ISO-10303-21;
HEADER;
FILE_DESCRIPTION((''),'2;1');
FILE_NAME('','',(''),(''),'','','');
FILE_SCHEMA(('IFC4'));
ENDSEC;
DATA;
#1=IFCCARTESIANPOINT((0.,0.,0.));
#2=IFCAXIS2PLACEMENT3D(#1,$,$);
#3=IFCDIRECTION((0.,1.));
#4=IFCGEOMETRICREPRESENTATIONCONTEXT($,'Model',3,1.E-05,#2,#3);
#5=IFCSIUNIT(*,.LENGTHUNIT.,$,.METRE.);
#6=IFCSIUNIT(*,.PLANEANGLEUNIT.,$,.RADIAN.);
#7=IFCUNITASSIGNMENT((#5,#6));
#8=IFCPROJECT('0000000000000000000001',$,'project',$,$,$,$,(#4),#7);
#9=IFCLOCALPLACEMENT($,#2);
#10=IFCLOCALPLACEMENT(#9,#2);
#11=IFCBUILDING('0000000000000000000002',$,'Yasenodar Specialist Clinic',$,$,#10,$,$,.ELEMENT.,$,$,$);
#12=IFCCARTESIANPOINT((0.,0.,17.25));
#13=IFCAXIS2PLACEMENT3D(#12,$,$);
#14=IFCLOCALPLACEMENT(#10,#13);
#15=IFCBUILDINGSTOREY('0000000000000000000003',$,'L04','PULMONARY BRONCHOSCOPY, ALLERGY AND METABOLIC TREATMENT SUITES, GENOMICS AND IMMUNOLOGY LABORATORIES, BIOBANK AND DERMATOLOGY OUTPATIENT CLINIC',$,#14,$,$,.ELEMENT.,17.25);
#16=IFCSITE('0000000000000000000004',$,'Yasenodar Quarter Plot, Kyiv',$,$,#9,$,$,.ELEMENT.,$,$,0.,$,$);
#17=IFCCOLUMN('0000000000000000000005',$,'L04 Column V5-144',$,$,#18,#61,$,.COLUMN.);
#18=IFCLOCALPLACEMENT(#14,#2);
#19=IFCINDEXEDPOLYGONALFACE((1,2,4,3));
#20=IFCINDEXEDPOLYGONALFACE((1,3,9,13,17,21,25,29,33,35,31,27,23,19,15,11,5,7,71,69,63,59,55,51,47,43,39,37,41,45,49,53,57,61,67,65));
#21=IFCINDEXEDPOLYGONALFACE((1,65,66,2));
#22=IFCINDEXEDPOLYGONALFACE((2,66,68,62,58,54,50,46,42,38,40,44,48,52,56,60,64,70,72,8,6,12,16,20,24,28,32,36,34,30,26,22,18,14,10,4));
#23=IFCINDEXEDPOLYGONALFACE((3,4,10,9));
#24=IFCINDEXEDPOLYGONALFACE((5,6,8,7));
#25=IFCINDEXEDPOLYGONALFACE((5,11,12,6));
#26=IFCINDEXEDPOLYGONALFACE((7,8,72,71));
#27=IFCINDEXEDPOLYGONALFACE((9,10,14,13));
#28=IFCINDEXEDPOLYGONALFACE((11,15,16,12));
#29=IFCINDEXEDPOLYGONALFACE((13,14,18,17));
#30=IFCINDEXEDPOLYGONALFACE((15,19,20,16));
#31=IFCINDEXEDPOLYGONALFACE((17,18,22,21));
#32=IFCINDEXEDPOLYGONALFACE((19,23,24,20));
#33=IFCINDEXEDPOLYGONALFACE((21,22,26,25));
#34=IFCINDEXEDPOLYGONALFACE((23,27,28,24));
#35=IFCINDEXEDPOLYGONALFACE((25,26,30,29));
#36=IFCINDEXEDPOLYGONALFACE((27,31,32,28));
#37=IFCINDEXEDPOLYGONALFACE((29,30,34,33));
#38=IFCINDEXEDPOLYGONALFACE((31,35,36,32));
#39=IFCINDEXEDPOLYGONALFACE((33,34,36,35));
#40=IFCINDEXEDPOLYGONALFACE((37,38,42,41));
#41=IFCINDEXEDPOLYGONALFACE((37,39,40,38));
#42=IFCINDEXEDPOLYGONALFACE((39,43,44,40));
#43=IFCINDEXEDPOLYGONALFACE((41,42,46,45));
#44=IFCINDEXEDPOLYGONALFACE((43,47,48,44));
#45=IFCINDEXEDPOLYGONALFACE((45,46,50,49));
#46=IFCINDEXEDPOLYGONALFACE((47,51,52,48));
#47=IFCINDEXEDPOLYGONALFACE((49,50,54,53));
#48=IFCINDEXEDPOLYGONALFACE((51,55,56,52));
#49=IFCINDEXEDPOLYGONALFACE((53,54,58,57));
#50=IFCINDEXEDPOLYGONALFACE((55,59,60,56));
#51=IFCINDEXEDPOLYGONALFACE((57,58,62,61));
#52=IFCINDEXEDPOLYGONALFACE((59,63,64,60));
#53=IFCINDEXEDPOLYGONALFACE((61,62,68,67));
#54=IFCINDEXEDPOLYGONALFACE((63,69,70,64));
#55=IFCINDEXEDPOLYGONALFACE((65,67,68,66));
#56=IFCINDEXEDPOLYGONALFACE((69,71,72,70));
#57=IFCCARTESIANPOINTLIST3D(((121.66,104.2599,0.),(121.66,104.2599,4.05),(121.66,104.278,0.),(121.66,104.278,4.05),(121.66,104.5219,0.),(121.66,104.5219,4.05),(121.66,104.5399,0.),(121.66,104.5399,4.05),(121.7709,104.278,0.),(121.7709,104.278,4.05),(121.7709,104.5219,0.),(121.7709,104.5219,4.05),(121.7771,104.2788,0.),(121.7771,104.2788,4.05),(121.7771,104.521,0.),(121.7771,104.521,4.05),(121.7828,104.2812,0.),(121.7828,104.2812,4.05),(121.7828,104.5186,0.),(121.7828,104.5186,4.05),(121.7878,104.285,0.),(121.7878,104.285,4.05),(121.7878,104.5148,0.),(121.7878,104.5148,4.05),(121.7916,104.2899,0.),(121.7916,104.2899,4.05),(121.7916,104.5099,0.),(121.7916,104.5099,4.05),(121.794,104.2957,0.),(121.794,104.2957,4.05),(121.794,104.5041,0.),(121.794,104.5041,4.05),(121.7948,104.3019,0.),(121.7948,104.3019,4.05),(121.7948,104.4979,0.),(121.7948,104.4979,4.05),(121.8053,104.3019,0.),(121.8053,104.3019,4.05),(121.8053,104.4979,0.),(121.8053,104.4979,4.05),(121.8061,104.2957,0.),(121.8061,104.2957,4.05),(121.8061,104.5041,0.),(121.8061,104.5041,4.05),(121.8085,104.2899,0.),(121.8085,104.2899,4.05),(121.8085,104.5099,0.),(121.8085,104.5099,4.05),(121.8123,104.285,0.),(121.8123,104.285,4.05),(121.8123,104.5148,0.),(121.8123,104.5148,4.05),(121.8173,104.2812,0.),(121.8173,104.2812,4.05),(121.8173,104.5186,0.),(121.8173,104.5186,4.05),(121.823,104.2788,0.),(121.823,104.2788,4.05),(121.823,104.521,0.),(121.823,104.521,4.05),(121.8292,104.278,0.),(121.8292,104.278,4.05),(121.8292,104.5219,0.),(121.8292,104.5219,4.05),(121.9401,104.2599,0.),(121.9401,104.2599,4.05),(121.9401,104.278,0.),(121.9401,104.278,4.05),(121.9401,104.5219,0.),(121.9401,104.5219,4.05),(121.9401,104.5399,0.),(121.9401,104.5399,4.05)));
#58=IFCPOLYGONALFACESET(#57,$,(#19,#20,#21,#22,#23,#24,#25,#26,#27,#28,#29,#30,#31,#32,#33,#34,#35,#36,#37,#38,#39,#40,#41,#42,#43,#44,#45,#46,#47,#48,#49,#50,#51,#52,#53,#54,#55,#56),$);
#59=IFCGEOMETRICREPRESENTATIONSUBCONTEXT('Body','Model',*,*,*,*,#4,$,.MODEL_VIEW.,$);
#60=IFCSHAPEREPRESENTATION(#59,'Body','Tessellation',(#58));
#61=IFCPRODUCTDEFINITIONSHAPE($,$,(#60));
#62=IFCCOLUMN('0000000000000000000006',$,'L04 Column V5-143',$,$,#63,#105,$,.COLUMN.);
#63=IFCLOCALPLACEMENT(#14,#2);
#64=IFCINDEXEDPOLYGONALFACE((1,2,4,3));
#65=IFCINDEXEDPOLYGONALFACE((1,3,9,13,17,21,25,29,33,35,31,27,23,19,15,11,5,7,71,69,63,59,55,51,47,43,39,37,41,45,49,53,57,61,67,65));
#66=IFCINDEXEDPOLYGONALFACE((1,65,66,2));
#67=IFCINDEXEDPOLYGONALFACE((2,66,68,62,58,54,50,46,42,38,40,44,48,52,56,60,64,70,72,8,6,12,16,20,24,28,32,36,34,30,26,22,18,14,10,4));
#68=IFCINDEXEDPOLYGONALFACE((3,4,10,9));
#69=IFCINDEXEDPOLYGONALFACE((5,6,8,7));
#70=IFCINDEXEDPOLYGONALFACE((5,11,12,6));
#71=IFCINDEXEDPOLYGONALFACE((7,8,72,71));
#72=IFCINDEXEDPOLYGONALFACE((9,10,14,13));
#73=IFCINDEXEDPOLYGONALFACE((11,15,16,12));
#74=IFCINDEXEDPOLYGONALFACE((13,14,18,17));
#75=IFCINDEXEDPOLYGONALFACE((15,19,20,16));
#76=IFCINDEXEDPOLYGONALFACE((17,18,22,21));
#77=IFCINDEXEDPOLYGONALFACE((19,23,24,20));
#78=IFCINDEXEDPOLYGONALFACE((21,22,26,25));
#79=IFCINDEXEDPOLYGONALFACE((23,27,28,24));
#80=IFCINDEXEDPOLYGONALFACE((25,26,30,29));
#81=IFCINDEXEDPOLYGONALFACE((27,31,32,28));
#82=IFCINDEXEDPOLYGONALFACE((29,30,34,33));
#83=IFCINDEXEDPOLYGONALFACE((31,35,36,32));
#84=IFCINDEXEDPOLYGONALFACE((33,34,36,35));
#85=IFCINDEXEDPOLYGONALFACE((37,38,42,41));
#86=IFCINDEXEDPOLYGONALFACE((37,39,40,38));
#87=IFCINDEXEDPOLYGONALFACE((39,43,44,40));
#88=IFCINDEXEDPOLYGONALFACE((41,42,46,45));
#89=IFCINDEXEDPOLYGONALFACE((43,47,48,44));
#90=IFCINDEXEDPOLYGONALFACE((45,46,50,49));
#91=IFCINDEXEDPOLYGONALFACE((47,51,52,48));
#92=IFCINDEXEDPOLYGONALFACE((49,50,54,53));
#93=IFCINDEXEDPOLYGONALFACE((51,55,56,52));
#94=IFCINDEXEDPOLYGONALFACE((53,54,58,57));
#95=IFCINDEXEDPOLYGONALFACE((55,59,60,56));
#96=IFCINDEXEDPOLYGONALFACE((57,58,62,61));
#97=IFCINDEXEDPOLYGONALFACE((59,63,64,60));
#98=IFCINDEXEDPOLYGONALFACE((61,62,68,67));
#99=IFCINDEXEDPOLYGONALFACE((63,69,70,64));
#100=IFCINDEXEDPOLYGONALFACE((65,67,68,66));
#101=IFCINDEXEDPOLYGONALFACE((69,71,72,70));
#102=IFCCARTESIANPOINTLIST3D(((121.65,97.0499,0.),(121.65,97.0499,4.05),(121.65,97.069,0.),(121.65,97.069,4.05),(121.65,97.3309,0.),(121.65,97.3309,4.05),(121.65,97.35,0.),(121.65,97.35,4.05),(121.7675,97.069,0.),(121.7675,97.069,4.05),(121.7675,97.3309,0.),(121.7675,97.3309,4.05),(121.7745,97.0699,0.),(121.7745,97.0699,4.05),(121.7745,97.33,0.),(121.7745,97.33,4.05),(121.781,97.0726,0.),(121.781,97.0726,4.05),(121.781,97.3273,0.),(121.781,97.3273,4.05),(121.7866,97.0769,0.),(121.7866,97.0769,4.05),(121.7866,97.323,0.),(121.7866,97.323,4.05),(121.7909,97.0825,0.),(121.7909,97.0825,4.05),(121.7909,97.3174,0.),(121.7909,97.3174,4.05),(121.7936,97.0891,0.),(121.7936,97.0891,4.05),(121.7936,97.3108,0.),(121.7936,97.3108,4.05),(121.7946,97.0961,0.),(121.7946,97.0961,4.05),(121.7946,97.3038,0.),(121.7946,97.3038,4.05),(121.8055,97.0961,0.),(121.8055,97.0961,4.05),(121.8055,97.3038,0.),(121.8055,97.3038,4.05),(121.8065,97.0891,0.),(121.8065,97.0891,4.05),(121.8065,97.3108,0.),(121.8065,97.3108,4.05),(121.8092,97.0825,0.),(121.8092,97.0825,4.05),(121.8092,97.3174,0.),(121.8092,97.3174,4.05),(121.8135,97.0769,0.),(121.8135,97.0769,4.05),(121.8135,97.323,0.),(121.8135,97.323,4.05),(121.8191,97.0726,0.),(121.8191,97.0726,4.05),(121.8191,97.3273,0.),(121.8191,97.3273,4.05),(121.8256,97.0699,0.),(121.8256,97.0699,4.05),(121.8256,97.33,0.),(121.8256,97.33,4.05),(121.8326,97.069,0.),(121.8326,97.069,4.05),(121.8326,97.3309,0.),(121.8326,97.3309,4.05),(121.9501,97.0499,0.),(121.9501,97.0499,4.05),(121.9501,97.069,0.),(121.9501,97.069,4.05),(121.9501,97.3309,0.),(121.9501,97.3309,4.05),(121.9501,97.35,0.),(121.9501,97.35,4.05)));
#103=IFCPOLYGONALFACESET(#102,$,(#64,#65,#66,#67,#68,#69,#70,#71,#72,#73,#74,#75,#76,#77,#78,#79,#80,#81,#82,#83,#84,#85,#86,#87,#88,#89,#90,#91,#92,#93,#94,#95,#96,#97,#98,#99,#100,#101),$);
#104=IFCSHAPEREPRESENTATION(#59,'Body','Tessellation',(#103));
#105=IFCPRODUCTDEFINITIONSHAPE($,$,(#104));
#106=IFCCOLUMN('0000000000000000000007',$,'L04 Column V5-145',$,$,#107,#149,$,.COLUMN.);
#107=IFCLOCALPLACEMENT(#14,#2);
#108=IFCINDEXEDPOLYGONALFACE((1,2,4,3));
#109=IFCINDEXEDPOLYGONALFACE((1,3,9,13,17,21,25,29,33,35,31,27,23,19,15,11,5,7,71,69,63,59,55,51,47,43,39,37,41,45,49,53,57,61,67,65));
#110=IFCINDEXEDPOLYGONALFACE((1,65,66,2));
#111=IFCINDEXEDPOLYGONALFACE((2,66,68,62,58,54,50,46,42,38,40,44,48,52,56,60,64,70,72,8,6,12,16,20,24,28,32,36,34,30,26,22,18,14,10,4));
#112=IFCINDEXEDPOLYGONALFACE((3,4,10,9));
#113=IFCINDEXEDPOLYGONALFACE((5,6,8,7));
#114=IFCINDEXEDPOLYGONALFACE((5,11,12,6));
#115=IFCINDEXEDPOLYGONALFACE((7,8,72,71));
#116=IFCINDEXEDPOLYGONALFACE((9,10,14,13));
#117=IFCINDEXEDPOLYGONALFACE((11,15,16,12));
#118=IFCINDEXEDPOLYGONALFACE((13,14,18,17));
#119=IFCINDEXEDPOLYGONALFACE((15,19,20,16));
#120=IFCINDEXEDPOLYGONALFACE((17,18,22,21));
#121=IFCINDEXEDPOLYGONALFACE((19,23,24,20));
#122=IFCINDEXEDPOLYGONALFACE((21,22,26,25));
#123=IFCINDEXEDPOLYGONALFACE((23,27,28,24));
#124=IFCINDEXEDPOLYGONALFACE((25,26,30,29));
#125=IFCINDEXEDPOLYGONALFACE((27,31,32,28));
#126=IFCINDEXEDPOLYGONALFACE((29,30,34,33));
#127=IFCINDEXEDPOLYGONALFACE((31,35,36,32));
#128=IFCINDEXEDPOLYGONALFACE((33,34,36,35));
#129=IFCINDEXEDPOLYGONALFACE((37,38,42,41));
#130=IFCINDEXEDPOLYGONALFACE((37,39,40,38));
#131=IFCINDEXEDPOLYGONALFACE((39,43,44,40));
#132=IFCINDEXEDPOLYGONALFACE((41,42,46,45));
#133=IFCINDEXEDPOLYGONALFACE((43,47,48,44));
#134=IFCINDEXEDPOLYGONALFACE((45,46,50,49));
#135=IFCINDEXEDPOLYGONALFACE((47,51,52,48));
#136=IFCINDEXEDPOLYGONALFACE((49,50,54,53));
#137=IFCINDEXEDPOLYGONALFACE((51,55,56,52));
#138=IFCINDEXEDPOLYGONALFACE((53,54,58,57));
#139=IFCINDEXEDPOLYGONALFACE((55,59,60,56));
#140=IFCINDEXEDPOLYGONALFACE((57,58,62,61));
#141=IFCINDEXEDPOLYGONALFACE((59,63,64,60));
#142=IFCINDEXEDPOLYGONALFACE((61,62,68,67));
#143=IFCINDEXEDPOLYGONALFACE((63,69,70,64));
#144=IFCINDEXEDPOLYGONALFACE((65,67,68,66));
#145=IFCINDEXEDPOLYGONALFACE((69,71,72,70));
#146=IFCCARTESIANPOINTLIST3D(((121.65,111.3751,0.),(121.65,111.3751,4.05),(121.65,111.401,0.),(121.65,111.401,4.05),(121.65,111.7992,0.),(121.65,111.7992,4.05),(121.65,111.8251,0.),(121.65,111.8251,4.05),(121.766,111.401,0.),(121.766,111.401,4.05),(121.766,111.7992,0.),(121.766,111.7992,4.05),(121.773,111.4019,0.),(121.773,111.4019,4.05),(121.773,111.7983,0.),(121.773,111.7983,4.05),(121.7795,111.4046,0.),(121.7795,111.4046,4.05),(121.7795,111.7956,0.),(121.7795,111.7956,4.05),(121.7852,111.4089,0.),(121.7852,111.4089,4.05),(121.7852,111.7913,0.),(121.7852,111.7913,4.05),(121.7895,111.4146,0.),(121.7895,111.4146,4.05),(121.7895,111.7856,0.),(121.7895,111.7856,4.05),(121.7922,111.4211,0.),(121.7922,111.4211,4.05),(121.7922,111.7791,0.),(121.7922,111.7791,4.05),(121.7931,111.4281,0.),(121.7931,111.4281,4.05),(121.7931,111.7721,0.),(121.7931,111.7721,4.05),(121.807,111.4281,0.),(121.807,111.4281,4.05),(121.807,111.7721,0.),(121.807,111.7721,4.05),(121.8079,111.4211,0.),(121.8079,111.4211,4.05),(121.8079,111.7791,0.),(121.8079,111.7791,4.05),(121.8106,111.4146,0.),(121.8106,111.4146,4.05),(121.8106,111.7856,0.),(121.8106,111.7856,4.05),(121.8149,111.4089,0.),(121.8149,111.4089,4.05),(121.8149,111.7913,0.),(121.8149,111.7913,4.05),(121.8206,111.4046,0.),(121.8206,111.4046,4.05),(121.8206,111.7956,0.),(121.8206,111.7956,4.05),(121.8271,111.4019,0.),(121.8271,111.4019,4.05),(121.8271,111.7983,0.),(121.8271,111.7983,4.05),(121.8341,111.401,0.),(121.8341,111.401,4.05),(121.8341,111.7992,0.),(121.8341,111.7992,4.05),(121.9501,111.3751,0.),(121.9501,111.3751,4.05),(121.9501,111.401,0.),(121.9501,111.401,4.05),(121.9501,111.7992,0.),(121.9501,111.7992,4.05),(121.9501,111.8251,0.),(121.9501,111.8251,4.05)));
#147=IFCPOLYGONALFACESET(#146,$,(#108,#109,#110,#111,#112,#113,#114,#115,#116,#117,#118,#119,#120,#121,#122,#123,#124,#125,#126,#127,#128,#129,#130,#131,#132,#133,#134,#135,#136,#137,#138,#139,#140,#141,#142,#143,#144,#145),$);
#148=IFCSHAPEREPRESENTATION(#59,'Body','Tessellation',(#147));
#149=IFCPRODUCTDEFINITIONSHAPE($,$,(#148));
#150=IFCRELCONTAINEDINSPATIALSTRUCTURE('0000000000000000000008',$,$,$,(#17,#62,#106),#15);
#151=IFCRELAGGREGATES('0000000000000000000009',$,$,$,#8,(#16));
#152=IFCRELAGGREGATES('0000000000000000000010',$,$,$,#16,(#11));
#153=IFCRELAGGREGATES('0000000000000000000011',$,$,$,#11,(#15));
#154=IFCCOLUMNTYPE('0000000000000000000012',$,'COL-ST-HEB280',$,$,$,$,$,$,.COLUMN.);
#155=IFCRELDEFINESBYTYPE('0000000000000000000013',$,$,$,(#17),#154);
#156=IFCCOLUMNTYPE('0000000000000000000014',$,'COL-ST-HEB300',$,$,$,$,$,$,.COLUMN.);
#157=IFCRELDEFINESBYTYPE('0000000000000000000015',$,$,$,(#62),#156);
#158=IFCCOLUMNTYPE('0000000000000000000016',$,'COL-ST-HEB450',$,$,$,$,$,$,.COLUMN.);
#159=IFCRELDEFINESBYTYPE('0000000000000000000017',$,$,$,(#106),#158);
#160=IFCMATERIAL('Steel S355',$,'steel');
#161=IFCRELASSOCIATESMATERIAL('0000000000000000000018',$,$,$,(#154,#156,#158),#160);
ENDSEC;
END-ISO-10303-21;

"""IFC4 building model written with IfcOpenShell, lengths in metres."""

from ifc_helpers import new_model, si_unit, direction, frame, origin, origin_2d, place, context, subcontext, project, spatial, i_section, extrude, material, material_profile, profile_set, type_object, element, save


model = new_model("IFC4")

# Units and contexts
model_context = context("Model", 3, precision=1e-05, world=origin(), true_north=direction((0.0, 1.0)))
body_context = subcontext(model_context, "Body", "Model", "MODEL_VIEW")
ifc_project = project(units=[si_unit("LENGTHUNIT", "METRE"), si_unit("PLANEANGLEUNIT", "RADIAN")], contexts=[model_context])

# Site, building, storey
site_placement = place(None, origin())
site = spatial("IfcSite", under=ifc_project, at=site_placement, Name="Yasenodar Quarter Plot, Kyiv", CompositionType="ELEMENT", RefElevation=0.0)
building_placement = place(site_placement, origin())
building = spatial("IfcBuilding", under=site, at=building_placement, Name="Yasenodar Specialist Clinic", CompositionType="ELEMENT")
storey_placement = place(building_placement, frame((0.0, 0.0, 17.25)))
storey = spatial("IfcBuildingStorey", under=building, at=storey_placement, Name="L04", Description="PULMONARY BRONCHOSCOPY, ALLERGY AND METABOLIC TREATMENT SUITES, GENOMICS AND IMMUNOLOGY LABORATORIES, BIOBANK AND DERMATOLOGY OUTPATIENT CLINIC", CompositionType="ELEMENT", Elevation=17.25)

# Columns
ifc_material_1 = material(Name="Steel S355", Category="steel")
ifc_material_profile_1 = material_profile(ifc_material_1, i_section(OverallWidth=0.28, OverallDepth=0.28, WebThickness=0.0105, FlangeThickness=0.0181, FilletRadius=0.0239, at=origin_2d()), Name="HEB 280")
ifc_profile_set_1 = profile_set([ifc_material_profile_1], Name="Steel S355")
column_type_1 = type_object("IfcColumnType", Name="COL-ST-HEB280", PredefinedType="COLUMN", material=ifc_profile_set_1)
column_1_placement = place(storey_placement, frame((121.8, 104.3999, 0.0), z_axis=(0.0, 0.0, 1.0), x_axis=(1.0, 0.0, 0.0)))
element("IfcColumn", 1, at=column_1_placement, inside=storey, type_object=column_type_1, Name="L04 Column V5-144", PredefinedType="COLUMN", context=body_context, shape_type="SweptSolid", body=[
    extrude(i_section(OverallWidth=0.28, OverallDepth=0.28, WebThickness=0.0105, FlangeThickness=0.0181, FilletRadius=0.0239, at=origin_2d()), origin(), (0.0, 0.0, 1.0), 4.05),
])
ifc_material_profile_2 = material_profile(ifc_material_1, i_section(OverallWidth=0.3, OverallDepth=0.3, WebThickness=0.011, FlangeThickness=0.019, FilletRadius=0.0271, at=origin_2d()), Name="HEB 300")
ifc_profile_set_2 = profile_set([ifc_material_profile_2], Name="Steel S355")
column_type_2 = type_object("IfcColumnType", Name="COL-ST-HEB300", PredefinedType="COLUMN", material=ifc_profile_set_2)
column_2_placement = place(storey_placement, frame((121.8, 97.2, 0.0), z_axis=(0.0, 0.0, 1.0), x_axis=(1.0, 0.0, 0.0)))
element("IfcColumn", 2, at=column_2_placement, inside=storey, type_object=column_type_2, Name="L04 Column V5-143", PredefinedType="COLUMN", context=body_context, shape_type="SweptSolid", body=[
    extrude(i_section(OverallWidth=0.3, OverallDepth=0.3, WebThickness=0.011, FlangeThickness=0.019, FilletRadius=0.0271, at=origin_2d()), origin(), (0.0, 0.0, 1.0), 4.05),
])
ifc_material_profile_3 = material_profile(ifc_material_1, i_section(OverallWidth=0.3, OverallDepth=0.45, WebThickness=0.0139, FlangeThickness=0.0259, FilletRadius=0.0271, at=origin_2d()), Name="HEB 450")
ifc_profile_set_3 = profile_set([ifc_material_profile_3], Name="Steel S355")
column_type_3 = type_object("IfcColumnType", Name="COL-ST-HEB450", PredefinedType="COLUMN", material=ifc_profile_set_3)
column_3_placement = place(storey_placement, frame((121.8, 111.6001, 0.0), z_axis=(0.0, 0.0, 1.0), x_axis=(1.0, 0.0, 0.0)))
element("IfcColumn", 3, at=column_3_placement, inside=storey, type_object=column_type_3, Name="L04 Column V5-145", PredefinedType="COLUMN", context=body_context, shape_type="SweptSolid", body=[
    extrude(i_section(OverallWidth=0.3, OverallDepth=0.45, WebThickness=0.0139, FlangeThickness=0.0259, FilletRadius=0.0271, at=origin_2d()), origin(), (0.0, 0.0, 1.0), 4.05),
])

save(model, "model.ifc")
